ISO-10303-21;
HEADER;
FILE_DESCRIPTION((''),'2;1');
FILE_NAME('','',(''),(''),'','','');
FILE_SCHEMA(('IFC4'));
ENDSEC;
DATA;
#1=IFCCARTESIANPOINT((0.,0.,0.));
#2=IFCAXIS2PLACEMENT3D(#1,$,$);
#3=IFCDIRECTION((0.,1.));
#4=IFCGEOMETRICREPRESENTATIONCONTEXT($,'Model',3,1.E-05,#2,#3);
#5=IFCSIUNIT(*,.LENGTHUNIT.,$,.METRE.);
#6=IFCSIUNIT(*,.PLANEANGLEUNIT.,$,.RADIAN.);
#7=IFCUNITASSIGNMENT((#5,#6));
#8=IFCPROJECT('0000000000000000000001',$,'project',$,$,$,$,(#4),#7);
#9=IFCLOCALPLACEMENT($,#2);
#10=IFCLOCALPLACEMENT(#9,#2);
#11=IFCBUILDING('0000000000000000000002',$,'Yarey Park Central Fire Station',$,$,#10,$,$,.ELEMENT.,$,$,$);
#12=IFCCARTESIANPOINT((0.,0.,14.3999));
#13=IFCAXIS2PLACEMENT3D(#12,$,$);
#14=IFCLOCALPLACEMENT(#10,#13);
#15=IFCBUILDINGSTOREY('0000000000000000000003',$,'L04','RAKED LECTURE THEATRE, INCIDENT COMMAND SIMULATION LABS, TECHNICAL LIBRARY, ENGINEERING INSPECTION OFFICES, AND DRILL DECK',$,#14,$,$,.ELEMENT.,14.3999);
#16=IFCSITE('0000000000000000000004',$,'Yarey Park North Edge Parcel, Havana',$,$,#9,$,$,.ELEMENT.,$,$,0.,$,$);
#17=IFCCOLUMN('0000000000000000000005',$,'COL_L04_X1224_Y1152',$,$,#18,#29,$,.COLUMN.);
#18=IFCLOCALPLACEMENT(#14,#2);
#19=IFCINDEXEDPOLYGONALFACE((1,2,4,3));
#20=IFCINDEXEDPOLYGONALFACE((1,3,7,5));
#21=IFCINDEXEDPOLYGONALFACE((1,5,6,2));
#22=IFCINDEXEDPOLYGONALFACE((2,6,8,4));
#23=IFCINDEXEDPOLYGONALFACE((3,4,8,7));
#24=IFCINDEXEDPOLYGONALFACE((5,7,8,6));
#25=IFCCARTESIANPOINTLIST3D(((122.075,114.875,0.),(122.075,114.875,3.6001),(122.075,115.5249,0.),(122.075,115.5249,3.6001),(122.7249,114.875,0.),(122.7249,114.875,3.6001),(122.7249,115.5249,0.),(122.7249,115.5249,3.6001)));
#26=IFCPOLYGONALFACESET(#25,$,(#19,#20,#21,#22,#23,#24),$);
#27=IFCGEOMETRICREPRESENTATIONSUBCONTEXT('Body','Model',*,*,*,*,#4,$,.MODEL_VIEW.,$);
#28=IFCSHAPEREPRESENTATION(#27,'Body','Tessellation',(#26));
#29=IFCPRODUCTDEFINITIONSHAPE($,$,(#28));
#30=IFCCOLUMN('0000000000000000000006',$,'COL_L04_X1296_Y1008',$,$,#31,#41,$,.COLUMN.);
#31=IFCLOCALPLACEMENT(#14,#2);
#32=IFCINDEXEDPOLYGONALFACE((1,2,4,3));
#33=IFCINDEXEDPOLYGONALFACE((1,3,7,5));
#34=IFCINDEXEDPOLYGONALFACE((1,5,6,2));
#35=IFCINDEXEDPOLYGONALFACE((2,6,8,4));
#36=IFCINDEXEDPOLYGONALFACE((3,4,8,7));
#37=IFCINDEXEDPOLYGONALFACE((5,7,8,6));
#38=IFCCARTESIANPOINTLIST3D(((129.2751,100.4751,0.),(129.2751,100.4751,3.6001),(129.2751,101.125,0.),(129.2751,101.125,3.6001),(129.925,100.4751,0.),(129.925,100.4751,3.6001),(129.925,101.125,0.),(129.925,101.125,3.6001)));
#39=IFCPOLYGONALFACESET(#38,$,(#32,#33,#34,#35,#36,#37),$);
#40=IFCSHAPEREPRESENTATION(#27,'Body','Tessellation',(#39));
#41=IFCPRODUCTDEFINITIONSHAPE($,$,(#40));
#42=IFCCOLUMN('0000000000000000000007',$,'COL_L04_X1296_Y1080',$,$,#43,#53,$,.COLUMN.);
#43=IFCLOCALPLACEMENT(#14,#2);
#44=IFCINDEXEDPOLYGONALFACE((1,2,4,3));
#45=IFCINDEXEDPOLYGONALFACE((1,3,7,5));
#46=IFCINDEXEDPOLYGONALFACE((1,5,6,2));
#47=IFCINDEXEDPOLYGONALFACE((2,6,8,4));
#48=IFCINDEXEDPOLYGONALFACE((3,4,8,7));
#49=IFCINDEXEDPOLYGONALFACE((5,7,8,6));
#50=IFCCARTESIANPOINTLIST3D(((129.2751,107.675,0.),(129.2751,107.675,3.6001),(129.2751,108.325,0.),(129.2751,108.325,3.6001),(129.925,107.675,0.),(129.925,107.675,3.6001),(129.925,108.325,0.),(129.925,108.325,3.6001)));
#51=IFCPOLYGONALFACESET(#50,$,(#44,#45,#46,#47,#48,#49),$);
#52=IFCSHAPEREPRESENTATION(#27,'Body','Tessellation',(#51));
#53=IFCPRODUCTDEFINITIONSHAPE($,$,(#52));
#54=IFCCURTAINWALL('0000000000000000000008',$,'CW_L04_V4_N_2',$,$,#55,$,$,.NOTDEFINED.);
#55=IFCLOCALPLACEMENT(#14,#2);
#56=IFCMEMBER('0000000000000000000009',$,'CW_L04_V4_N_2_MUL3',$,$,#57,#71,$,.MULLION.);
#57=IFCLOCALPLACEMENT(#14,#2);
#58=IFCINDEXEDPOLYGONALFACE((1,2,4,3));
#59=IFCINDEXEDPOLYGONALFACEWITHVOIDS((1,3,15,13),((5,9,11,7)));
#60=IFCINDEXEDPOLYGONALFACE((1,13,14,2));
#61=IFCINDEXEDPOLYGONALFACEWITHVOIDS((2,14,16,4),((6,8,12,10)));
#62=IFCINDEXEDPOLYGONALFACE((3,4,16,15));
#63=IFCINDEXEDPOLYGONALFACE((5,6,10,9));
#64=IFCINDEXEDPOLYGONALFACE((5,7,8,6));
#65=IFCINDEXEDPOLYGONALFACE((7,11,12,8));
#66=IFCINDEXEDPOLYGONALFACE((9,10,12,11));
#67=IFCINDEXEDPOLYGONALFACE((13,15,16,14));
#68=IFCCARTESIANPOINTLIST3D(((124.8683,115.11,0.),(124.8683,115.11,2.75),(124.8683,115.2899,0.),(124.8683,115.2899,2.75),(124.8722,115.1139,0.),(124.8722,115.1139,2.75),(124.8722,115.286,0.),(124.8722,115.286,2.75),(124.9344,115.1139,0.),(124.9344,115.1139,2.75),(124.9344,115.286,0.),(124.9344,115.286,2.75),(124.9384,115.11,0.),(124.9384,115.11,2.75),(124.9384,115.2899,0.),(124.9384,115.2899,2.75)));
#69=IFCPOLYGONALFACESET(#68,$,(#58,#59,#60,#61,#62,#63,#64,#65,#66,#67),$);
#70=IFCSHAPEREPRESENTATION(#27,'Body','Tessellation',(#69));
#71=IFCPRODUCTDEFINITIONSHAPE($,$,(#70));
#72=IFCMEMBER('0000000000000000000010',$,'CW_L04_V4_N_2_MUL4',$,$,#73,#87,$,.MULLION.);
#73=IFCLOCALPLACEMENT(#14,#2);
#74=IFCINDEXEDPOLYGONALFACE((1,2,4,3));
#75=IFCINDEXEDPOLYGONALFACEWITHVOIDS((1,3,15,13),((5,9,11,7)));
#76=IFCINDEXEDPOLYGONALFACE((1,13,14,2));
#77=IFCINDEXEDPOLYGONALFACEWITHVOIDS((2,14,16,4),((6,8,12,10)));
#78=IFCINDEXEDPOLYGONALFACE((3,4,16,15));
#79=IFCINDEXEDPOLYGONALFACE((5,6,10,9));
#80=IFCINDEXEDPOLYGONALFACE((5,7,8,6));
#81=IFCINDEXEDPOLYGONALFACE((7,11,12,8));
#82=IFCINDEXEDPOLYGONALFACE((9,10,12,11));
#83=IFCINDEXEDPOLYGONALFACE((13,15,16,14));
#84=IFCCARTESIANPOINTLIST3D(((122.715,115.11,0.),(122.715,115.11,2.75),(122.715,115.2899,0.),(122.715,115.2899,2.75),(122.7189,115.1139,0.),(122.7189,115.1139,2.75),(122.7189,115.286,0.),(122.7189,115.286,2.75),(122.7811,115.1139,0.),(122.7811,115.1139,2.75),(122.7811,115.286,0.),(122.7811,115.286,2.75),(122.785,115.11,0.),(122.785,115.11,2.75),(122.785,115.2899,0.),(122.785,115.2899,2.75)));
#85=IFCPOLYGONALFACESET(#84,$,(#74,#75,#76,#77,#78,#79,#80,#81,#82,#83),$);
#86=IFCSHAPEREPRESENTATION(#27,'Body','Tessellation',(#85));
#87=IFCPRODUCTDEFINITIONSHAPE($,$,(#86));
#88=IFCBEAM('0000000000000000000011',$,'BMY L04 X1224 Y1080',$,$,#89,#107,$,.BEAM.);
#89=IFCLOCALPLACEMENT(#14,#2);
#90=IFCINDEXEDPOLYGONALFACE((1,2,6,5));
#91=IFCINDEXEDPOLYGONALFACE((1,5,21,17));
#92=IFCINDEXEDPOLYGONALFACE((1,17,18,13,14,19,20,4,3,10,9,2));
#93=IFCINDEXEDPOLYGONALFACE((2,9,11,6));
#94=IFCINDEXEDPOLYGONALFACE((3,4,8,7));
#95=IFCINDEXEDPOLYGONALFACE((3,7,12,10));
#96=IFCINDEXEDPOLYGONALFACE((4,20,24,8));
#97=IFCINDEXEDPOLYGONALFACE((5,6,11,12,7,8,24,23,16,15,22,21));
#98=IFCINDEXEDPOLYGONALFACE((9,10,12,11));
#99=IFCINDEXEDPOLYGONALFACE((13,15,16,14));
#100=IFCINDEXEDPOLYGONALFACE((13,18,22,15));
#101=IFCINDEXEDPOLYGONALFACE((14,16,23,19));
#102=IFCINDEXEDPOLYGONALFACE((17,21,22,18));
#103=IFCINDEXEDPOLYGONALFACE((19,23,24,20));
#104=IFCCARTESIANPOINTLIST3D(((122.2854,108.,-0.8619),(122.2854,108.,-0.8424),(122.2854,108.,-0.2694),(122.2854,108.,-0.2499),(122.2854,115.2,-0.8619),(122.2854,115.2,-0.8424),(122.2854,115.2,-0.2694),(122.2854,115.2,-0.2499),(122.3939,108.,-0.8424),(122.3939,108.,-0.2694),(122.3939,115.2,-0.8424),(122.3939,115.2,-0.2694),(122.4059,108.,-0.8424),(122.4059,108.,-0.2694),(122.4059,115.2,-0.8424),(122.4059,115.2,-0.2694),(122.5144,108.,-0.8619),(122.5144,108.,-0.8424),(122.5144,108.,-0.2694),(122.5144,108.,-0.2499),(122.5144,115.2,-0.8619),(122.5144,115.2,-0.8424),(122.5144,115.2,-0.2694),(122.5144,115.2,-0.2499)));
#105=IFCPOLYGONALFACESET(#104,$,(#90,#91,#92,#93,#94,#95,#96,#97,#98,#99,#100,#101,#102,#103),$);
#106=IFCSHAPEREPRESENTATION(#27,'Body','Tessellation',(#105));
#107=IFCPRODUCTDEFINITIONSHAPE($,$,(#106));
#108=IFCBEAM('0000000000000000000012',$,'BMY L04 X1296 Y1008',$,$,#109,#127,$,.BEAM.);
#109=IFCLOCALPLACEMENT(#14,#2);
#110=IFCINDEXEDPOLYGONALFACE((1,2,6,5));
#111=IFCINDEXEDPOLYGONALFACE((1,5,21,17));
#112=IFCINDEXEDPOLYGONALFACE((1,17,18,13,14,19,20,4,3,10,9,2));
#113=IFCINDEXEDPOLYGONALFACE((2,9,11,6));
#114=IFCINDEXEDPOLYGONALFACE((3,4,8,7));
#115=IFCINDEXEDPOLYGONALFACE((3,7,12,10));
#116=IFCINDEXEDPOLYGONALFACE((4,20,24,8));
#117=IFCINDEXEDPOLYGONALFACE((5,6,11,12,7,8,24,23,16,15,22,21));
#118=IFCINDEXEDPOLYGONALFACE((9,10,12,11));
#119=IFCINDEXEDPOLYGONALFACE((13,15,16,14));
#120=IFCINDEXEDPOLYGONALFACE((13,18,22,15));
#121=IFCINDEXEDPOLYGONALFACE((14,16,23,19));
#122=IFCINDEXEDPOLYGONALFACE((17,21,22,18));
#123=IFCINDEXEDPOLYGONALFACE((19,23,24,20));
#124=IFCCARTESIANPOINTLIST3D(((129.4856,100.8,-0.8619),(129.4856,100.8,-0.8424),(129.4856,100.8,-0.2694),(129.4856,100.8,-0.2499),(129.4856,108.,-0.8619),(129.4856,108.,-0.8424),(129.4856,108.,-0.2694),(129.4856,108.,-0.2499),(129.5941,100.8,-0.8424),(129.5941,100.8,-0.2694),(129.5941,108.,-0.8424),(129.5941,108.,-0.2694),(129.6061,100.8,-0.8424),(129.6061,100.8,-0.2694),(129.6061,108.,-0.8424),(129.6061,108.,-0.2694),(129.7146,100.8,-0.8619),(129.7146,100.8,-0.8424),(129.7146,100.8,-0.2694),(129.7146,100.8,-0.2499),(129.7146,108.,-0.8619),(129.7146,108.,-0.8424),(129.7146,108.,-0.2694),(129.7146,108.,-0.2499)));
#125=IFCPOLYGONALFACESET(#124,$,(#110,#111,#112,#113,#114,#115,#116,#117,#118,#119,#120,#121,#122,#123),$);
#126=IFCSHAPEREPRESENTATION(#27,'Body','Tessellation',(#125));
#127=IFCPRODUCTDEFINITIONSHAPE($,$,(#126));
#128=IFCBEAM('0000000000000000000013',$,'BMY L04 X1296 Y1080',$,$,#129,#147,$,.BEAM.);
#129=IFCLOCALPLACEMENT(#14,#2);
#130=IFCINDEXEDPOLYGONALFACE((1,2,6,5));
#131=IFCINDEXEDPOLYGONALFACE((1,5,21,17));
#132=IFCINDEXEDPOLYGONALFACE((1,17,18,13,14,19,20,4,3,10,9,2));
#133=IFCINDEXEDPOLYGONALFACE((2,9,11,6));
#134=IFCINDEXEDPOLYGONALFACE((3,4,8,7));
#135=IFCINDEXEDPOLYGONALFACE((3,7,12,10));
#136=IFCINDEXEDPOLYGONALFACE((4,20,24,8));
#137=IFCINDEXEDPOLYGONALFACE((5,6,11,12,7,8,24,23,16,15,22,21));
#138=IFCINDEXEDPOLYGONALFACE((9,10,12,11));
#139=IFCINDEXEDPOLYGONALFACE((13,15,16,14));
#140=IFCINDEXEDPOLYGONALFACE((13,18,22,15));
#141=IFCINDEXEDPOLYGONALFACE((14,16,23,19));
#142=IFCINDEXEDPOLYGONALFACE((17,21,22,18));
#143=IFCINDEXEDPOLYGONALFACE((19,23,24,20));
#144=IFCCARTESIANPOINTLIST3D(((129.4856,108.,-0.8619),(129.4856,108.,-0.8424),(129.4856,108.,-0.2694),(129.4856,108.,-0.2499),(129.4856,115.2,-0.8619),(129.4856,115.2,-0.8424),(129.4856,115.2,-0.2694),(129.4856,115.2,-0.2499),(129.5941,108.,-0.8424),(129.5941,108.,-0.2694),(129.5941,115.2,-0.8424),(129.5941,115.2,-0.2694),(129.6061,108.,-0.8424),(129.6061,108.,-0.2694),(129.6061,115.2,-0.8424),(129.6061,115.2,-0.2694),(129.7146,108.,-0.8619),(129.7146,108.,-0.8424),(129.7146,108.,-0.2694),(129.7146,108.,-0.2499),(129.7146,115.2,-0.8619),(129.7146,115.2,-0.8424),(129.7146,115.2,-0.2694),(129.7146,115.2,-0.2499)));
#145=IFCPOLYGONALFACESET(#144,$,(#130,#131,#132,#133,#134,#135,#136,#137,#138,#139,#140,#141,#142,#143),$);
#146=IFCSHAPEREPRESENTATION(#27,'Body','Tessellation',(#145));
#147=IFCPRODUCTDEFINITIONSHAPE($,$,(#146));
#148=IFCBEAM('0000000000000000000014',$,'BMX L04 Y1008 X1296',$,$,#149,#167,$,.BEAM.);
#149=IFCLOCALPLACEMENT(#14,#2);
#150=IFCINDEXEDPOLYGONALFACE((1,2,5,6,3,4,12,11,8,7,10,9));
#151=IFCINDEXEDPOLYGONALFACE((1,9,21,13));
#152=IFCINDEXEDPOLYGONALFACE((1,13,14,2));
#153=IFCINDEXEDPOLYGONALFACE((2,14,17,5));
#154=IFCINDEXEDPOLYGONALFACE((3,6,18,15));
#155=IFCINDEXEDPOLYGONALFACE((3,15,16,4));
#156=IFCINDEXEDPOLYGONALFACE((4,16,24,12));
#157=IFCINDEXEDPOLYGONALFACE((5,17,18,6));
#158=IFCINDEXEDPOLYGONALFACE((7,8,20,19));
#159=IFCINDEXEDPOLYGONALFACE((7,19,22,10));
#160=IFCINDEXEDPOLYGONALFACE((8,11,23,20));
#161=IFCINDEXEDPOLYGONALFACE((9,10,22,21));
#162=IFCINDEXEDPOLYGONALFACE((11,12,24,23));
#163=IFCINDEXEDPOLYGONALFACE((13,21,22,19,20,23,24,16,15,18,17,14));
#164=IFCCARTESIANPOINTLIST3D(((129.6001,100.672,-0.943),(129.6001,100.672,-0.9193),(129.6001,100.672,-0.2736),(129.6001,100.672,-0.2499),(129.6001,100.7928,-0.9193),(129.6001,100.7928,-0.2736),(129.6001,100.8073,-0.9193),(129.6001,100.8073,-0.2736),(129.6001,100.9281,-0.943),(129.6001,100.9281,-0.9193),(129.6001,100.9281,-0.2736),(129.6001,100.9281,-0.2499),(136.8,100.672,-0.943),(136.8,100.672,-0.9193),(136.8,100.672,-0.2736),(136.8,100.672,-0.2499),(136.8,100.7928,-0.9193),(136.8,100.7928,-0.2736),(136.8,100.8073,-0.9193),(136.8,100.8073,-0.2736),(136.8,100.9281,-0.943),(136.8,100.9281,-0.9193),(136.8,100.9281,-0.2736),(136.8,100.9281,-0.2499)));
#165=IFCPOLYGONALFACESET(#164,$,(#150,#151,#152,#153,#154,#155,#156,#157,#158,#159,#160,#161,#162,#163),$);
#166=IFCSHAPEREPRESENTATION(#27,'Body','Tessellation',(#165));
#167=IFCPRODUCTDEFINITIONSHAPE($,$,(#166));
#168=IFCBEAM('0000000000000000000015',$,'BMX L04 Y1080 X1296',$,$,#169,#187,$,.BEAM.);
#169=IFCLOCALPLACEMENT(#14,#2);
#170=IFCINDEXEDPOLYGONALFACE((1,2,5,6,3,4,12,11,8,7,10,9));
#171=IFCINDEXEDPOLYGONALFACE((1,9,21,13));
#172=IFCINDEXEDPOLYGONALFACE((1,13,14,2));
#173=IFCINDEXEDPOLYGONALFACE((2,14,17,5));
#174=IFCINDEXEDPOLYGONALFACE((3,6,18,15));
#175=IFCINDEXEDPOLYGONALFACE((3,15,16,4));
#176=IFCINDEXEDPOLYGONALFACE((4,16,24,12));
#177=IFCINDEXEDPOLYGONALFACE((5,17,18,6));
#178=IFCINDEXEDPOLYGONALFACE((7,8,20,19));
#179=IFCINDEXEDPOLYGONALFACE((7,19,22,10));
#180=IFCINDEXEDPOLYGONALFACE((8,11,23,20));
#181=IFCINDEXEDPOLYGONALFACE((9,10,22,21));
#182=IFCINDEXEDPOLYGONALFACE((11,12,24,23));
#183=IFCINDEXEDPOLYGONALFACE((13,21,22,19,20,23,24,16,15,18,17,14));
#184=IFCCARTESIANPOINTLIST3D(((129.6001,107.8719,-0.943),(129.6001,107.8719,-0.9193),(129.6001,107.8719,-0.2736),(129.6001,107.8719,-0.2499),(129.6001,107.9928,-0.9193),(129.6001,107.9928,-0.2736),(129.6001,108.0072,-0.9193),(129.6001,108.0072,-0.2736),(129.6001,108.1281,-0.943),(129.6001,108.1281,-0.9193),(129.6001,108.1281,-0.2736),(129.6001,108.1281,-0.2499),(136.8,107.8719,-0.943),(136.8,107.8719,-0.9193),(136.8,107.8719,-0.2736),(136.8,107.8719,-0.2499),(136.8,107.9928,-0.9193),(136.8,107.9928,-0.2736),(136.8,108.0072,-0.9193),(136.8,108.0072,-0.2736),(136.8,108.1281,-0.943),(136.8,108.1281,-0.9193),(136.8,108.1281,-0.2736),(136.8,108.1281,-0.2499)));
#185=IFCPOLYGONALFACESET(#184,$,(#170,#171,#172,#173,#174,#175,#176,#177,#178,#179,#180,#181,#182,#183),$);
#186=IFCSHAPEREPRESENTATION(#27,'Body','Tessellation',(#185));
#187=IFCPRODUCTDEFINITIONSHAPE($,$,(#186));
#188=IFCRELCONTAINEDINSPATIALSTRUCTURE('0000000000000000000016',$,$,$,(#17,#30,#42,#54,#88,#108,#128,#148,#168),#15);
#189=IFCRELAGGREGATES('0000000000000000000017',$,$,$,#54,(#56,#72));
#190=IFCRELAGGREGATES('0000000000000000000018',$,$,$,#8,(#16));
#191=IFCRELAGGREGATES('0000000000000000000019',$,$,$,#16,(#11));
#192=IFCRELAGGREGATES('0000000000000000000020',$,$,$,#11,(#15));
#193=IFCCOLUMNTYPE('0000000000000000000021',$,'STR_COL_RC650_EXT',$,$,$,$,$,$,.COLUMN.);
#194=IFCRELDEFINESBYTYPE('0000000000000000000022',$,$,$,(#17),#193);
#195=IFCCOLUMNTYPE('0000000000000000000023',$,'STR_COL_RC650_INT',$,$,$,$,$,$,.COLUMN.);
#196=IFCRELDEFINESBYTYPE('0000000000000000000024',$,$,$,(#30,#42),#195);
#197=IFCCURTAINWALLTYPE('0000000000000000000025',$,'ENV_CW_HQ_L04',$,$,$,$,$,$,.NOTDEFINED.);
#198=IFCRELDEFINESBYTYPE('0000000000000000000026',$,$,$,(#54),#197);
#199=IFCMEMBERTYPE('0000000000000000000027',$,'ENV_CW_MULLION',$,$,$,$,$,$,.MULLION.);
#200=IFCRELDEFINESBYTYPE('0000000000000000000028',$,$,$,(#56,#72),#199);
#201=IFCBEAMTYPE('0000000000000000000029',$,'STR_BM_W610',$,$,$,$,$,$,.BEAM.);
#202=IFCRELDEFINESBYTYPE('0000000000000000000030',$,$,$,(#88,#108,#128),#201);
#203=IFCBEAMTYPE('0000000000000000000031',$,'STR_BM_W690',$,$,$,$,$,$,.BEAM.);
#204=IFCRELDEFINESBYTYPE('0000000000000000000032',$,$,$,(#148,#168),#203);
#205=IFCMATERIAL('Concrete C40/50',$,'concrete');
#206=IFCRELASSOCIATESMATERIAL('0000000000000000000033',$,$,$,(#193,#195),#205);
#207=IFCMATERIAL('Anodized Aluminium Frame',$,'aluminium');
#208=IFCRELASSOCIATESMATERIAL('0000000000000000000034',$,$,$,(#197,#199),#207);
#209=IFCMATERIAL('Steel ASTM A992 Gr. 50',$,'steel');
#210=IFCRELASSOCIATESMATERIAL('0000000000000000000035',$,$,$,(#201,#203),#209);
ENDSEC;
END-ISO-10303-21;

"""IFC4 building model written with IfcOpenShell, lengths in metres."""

from ifc_helpers import new_model, si_unit, direction, frame, origin, origin_2d, place, context, subcontext, project, spatial, rectangle, hollow_rectangle, i_section, extrude, material, material_profile, profile_set, type_object, element, aggregate, save


model = new_model("IFC4")

# Units and contexts
model_context = context("Model", 3, precision=1e-05, world=origin(), true_north=direction((0.0, 1.0)))
body_context = subcontext(model_context, "Body", "Model", "MODEL_VIEW")
ifc_project = project(units=[si_unit("LENGTHUNIT", "METRE"), si_unit("PLANEANGLEUNIT", "RADIAN")], contexts=[model_context])

# Site, building, storey
site_placement = place(None, origin())
site = spatial("IfcSite", under=ifc_project, at=site_placement, Name="Yarey Park North Edge Parcel, Havana", CompositionType="ELEMENT", RefElevation=0.0)
building_placement = place(site_placement, origin())
building = spatial("IfcBuilding", under=site, at=building_placement, Name="Yarey Park Central Fire Station", CompositionType="ELEMENT")
storey_placement = place(building_placement, frame((0.0, 0.0, 14.3999)))
storey = spatial("IfcBuildingStorey", under=building, at=storey_placement, Name="L04", Description="RAKED LECTURE THEATRE, INCIDENT COMMAND SIMULATION LABS, TECHNICAL LIBRARY, ENGINEERING INSPECTION OFFICES, AND DRILL DECK", CompositionType="ELEMENT", Elevation=14.3999)

# Columns
ifc_material_1 = material(Name="Concrete C40/50", Category="concrete")
ifc_material_profile_1 = material_profile(ifc_material_1, rectangle(XDim=0.6499, YDim=0.6499, at=origin_2d()), Name="RC 650x650")
ifc_profile_set_1 = profile_set([ifc_material_profile_1], Name="Concrete C40/50")
column_type_1 = type_object("IfcColumnType", Name="STR_COL_RC650_EXT", PredefinedType="COLUMN", material=ifc_profile_set_1)
column_placement = place(storey_placement, frame((122.3999, 115.2, 0.0), z_axis=(0.0, 0.0, 1.0), x_axis=(1.0, 0.0, 0.0)))
element("IfcColumn", 1, at=column_placement, inside=storey, type_object=column_type_1, Name="COL_L04_X1224_Y1152", PredefinedType="COLUMN", context=body_context, shape_type="SweptSolid", body=[
    extrude(rectangle(XDim=0.6499, YDim=0.6499, at=origin_2d()), origin(), (0.0, 0.0, 1.0), 3.6001),
])
ifc_material_profile_2 = material_profile(ifc_material_1, rectangle(XDim=0.6499, YDim=0.6499, at=origin_2d()), Name="RC 650x650")
ifc_profile_set_2 = profile_set([ifc_material_profile_2], Name="Concrete C40/50")
column_type_2 = type_object("IfcColumnType", Name="STR_COL_RC650_INT", PredefinedType="COLUMN", material=ifc_profile_set_2)
for number, where, z_axis, x_axis, name in (
    (2, (129.6001, 100.8, 0.0), (0.0, 0.0, 1.0), (1.0, 0.0, 0.0), "COL_L04_X1296_Y1008"),
    (3, (129.6001, 108.0, 0.0), (0.0, 0.0, 1.0), (1.0, 0.0, 0.0), "COL_L04_X1296_Y1080"),
):
    element("IfcColumn", number, at=place(storey_placement, frame(where, z_axis=z_axis, x_axis=x_axis)), inside=storey, type_object=column_type_2, Name=name, PredefinedType="COLUMN", context=body_context, shape_type="SweptSolid", body=[
        extrude(rectangle(XDim=0.6499, YDim=0.6499, at=origin_2d()), origin(), (0.0, 0.0, 1.0), 3.6001),
    ])

# Curtain wall, members
ifc_material_2 = material(Name="Anodized Aluminium Frame", Category="aluminium")
curtain_wall_type = type_object("IfcCurtainWallType", Name="ENV_CW_HQ_L04", PredefinedType="NOTDEFINED", material=ifc_material_2)
curtain_wall_placement = place(storey_placement, origin())
curtain_wall = element("IfcCurtainWall", 4, at=curtain_wall_placement, inside=storey, type_object=curtain_wall_type, Name="CW_L04_V4_N_2", PredefinedType="NOTDEFINED")
ifc_material_profile_3 = material_profile(ifc_material_2, hollow_rectangle(XDim=0.0701, YDim=0.1799, WallThickness=0.0039, at=origin_2d()), Name="ALU 180x70x4")
ifc_profile_set_3 = profile_set([ifc_material_profile_3], Name="Anodized Aluminium Frame")
member_type = type_object("IfcMemberType", Name="ENV_CW_MULLION", PredefinedType="MULLION", material=ifc_profile_set_3)
member_1_placement = place(storey_placement, frame((124.9033, 115.2, 0.0), z_axis=(0.0, 0.0, 1.0), x_axis=(1.0, 0.0, 0.0)))
member_1 = element("IfcMember", 5, at=member_1_placement, type_object=member_type, Name="CW_L04_V4_N_2_MUL3", PredefinedType="MULLION", context=body_context, shape_type="SweptSolid", body=[
    extrude(hollow_rectangle(XDim=0.0701, YDim=0.1799, WallThickness=0.0039, at=origin_2d()), origin(), (0.0, 0.0, 1.0), 2.75),
])
member_2_placement = place(storey_placement, frame((122.75, 115.2, 0.0), z_axis=(0.0, 0.0, 1.0), x_axis=(1.0, 0.0, 0.0)))
member_2 = element("IfcMember", 6, at=member_2_placement, type_object=member_type, Name="CW_L04_V4_N_2_MUL4", PredefinedType="MULLION", context=body_context, shape_type="SweptSolid", body=[
    extrude(hollow_rectangle(XDim=0.0701, YDim=0.1799, WallThickness=0.0039, at=origin_2d()), origin(), (0.0, 0.0, 1.0), 2.75),
])

# Beams
ifc_material_3 = material(Name="Steel ASTM A992 Gr. 50", Category="steel")
ifc_material_profile_4 = material_profile(ifc_material_3, i_section(OverallWidth=0.229, OverallDepth=0.6121, WebThickness=0.012, FlangeThickness=0.0195, at=origin_2d()), Name="W610x125")
ifc_profile_set_4 = profile_set([ifc_material_profile_4], Name="Steel ASTM A992 Gr. 50")
beam_type_1 = type_object("IfcBeamType", Name="STR_BM_W610", PredefinedType="BEAM", material=ifc_profile_set_4)
for number, where, z_axis, x_axis, name in (
    (7, (122.3999, 108.0, -0.5559), (0.0, 1.0, 0.0), (-1.0, 0.0, 0.0), "BMY L04 X1224 Y1080"),
    (8, (129.6001, 100.8, -0.5559), (0.0, 1.0, 0.0), (-1.0, 0.0, 0.0), "BMY L04 X1296 Y1008"),
    (9, (129.6001, 108.0, -0.5559), (0.0, 1.0, 0.0), (-1.0, 0.0, 0.0), "BMY L04 X1296 Y1080"),
):
    element("IfcBeam", number, at=place(storey_placement, frame(where, z_axis=z_axis, x_axis=x_axis)), inside=storey, type_object=beam_type_1, Name=name, PredefinedType="BEAM", context=body_context, shape_type="SweptSolid", body=[
        extrude(i_section(OverallWidth=0.229, OverallDepth=0.6121, WebThickness=0.012, FlangeThickness=0.0195, at=origin_2d()), origin(), (0.0, 0.0, 1.0), 7.2),
    ])
ifc_material_profile_5 = material_profile(ifc_material_3, i_section(OverallWidth=0.2561, OverallDepth=0.6931, WebThickness=0.0144, FlangeThickness=0.0237, at=origin_2d()), Name="W690x170")
ifc_profile_set_5 = profile_set([ifc_material_profile_5], Name="Steel ASTM A992 Gr. 50")
beam_type_2 = type_object("IfcBeamType", Name="STR_BM_W690", PredefinedType="BEAM", material=ifc_profile_set_5)
for number, where, z_axis, x_axis, name in (
    (10, (129.6001, 100.8, -0.5964), (1.0, 0.0, 0.0), (0.0, 1.0, 0.0), "BMX L04 Y1008 X1296"),
    (11, (129.6001, 108.0, -0.5964), (1.0, 0.0, 0.0), (0.0, 1.0, 0.0), "BMX L04 Y1080 X1296"),
):
    element("IfcBeam", number, at=place(storey_placement, frame(where, z_axis=z_axis, x_axis=x_axis)), inside=storey, type_object=beam_type_2, Name=name, PredefinedType="BEAM", context=body_context, shape_type="SweptSolid", body=[
        extrude(i_section(OverallWidth=0.2561, OverallDepth=0.6931, WebThickness=0.0144, FlangeThickness=0.0237, at=origin_2d()), origin(), (0.0, 0.0, 1.0), 7.2),
    ])

aggregate(curtain_wall, [member_1, member_2])

save(model, "model.ifc")
